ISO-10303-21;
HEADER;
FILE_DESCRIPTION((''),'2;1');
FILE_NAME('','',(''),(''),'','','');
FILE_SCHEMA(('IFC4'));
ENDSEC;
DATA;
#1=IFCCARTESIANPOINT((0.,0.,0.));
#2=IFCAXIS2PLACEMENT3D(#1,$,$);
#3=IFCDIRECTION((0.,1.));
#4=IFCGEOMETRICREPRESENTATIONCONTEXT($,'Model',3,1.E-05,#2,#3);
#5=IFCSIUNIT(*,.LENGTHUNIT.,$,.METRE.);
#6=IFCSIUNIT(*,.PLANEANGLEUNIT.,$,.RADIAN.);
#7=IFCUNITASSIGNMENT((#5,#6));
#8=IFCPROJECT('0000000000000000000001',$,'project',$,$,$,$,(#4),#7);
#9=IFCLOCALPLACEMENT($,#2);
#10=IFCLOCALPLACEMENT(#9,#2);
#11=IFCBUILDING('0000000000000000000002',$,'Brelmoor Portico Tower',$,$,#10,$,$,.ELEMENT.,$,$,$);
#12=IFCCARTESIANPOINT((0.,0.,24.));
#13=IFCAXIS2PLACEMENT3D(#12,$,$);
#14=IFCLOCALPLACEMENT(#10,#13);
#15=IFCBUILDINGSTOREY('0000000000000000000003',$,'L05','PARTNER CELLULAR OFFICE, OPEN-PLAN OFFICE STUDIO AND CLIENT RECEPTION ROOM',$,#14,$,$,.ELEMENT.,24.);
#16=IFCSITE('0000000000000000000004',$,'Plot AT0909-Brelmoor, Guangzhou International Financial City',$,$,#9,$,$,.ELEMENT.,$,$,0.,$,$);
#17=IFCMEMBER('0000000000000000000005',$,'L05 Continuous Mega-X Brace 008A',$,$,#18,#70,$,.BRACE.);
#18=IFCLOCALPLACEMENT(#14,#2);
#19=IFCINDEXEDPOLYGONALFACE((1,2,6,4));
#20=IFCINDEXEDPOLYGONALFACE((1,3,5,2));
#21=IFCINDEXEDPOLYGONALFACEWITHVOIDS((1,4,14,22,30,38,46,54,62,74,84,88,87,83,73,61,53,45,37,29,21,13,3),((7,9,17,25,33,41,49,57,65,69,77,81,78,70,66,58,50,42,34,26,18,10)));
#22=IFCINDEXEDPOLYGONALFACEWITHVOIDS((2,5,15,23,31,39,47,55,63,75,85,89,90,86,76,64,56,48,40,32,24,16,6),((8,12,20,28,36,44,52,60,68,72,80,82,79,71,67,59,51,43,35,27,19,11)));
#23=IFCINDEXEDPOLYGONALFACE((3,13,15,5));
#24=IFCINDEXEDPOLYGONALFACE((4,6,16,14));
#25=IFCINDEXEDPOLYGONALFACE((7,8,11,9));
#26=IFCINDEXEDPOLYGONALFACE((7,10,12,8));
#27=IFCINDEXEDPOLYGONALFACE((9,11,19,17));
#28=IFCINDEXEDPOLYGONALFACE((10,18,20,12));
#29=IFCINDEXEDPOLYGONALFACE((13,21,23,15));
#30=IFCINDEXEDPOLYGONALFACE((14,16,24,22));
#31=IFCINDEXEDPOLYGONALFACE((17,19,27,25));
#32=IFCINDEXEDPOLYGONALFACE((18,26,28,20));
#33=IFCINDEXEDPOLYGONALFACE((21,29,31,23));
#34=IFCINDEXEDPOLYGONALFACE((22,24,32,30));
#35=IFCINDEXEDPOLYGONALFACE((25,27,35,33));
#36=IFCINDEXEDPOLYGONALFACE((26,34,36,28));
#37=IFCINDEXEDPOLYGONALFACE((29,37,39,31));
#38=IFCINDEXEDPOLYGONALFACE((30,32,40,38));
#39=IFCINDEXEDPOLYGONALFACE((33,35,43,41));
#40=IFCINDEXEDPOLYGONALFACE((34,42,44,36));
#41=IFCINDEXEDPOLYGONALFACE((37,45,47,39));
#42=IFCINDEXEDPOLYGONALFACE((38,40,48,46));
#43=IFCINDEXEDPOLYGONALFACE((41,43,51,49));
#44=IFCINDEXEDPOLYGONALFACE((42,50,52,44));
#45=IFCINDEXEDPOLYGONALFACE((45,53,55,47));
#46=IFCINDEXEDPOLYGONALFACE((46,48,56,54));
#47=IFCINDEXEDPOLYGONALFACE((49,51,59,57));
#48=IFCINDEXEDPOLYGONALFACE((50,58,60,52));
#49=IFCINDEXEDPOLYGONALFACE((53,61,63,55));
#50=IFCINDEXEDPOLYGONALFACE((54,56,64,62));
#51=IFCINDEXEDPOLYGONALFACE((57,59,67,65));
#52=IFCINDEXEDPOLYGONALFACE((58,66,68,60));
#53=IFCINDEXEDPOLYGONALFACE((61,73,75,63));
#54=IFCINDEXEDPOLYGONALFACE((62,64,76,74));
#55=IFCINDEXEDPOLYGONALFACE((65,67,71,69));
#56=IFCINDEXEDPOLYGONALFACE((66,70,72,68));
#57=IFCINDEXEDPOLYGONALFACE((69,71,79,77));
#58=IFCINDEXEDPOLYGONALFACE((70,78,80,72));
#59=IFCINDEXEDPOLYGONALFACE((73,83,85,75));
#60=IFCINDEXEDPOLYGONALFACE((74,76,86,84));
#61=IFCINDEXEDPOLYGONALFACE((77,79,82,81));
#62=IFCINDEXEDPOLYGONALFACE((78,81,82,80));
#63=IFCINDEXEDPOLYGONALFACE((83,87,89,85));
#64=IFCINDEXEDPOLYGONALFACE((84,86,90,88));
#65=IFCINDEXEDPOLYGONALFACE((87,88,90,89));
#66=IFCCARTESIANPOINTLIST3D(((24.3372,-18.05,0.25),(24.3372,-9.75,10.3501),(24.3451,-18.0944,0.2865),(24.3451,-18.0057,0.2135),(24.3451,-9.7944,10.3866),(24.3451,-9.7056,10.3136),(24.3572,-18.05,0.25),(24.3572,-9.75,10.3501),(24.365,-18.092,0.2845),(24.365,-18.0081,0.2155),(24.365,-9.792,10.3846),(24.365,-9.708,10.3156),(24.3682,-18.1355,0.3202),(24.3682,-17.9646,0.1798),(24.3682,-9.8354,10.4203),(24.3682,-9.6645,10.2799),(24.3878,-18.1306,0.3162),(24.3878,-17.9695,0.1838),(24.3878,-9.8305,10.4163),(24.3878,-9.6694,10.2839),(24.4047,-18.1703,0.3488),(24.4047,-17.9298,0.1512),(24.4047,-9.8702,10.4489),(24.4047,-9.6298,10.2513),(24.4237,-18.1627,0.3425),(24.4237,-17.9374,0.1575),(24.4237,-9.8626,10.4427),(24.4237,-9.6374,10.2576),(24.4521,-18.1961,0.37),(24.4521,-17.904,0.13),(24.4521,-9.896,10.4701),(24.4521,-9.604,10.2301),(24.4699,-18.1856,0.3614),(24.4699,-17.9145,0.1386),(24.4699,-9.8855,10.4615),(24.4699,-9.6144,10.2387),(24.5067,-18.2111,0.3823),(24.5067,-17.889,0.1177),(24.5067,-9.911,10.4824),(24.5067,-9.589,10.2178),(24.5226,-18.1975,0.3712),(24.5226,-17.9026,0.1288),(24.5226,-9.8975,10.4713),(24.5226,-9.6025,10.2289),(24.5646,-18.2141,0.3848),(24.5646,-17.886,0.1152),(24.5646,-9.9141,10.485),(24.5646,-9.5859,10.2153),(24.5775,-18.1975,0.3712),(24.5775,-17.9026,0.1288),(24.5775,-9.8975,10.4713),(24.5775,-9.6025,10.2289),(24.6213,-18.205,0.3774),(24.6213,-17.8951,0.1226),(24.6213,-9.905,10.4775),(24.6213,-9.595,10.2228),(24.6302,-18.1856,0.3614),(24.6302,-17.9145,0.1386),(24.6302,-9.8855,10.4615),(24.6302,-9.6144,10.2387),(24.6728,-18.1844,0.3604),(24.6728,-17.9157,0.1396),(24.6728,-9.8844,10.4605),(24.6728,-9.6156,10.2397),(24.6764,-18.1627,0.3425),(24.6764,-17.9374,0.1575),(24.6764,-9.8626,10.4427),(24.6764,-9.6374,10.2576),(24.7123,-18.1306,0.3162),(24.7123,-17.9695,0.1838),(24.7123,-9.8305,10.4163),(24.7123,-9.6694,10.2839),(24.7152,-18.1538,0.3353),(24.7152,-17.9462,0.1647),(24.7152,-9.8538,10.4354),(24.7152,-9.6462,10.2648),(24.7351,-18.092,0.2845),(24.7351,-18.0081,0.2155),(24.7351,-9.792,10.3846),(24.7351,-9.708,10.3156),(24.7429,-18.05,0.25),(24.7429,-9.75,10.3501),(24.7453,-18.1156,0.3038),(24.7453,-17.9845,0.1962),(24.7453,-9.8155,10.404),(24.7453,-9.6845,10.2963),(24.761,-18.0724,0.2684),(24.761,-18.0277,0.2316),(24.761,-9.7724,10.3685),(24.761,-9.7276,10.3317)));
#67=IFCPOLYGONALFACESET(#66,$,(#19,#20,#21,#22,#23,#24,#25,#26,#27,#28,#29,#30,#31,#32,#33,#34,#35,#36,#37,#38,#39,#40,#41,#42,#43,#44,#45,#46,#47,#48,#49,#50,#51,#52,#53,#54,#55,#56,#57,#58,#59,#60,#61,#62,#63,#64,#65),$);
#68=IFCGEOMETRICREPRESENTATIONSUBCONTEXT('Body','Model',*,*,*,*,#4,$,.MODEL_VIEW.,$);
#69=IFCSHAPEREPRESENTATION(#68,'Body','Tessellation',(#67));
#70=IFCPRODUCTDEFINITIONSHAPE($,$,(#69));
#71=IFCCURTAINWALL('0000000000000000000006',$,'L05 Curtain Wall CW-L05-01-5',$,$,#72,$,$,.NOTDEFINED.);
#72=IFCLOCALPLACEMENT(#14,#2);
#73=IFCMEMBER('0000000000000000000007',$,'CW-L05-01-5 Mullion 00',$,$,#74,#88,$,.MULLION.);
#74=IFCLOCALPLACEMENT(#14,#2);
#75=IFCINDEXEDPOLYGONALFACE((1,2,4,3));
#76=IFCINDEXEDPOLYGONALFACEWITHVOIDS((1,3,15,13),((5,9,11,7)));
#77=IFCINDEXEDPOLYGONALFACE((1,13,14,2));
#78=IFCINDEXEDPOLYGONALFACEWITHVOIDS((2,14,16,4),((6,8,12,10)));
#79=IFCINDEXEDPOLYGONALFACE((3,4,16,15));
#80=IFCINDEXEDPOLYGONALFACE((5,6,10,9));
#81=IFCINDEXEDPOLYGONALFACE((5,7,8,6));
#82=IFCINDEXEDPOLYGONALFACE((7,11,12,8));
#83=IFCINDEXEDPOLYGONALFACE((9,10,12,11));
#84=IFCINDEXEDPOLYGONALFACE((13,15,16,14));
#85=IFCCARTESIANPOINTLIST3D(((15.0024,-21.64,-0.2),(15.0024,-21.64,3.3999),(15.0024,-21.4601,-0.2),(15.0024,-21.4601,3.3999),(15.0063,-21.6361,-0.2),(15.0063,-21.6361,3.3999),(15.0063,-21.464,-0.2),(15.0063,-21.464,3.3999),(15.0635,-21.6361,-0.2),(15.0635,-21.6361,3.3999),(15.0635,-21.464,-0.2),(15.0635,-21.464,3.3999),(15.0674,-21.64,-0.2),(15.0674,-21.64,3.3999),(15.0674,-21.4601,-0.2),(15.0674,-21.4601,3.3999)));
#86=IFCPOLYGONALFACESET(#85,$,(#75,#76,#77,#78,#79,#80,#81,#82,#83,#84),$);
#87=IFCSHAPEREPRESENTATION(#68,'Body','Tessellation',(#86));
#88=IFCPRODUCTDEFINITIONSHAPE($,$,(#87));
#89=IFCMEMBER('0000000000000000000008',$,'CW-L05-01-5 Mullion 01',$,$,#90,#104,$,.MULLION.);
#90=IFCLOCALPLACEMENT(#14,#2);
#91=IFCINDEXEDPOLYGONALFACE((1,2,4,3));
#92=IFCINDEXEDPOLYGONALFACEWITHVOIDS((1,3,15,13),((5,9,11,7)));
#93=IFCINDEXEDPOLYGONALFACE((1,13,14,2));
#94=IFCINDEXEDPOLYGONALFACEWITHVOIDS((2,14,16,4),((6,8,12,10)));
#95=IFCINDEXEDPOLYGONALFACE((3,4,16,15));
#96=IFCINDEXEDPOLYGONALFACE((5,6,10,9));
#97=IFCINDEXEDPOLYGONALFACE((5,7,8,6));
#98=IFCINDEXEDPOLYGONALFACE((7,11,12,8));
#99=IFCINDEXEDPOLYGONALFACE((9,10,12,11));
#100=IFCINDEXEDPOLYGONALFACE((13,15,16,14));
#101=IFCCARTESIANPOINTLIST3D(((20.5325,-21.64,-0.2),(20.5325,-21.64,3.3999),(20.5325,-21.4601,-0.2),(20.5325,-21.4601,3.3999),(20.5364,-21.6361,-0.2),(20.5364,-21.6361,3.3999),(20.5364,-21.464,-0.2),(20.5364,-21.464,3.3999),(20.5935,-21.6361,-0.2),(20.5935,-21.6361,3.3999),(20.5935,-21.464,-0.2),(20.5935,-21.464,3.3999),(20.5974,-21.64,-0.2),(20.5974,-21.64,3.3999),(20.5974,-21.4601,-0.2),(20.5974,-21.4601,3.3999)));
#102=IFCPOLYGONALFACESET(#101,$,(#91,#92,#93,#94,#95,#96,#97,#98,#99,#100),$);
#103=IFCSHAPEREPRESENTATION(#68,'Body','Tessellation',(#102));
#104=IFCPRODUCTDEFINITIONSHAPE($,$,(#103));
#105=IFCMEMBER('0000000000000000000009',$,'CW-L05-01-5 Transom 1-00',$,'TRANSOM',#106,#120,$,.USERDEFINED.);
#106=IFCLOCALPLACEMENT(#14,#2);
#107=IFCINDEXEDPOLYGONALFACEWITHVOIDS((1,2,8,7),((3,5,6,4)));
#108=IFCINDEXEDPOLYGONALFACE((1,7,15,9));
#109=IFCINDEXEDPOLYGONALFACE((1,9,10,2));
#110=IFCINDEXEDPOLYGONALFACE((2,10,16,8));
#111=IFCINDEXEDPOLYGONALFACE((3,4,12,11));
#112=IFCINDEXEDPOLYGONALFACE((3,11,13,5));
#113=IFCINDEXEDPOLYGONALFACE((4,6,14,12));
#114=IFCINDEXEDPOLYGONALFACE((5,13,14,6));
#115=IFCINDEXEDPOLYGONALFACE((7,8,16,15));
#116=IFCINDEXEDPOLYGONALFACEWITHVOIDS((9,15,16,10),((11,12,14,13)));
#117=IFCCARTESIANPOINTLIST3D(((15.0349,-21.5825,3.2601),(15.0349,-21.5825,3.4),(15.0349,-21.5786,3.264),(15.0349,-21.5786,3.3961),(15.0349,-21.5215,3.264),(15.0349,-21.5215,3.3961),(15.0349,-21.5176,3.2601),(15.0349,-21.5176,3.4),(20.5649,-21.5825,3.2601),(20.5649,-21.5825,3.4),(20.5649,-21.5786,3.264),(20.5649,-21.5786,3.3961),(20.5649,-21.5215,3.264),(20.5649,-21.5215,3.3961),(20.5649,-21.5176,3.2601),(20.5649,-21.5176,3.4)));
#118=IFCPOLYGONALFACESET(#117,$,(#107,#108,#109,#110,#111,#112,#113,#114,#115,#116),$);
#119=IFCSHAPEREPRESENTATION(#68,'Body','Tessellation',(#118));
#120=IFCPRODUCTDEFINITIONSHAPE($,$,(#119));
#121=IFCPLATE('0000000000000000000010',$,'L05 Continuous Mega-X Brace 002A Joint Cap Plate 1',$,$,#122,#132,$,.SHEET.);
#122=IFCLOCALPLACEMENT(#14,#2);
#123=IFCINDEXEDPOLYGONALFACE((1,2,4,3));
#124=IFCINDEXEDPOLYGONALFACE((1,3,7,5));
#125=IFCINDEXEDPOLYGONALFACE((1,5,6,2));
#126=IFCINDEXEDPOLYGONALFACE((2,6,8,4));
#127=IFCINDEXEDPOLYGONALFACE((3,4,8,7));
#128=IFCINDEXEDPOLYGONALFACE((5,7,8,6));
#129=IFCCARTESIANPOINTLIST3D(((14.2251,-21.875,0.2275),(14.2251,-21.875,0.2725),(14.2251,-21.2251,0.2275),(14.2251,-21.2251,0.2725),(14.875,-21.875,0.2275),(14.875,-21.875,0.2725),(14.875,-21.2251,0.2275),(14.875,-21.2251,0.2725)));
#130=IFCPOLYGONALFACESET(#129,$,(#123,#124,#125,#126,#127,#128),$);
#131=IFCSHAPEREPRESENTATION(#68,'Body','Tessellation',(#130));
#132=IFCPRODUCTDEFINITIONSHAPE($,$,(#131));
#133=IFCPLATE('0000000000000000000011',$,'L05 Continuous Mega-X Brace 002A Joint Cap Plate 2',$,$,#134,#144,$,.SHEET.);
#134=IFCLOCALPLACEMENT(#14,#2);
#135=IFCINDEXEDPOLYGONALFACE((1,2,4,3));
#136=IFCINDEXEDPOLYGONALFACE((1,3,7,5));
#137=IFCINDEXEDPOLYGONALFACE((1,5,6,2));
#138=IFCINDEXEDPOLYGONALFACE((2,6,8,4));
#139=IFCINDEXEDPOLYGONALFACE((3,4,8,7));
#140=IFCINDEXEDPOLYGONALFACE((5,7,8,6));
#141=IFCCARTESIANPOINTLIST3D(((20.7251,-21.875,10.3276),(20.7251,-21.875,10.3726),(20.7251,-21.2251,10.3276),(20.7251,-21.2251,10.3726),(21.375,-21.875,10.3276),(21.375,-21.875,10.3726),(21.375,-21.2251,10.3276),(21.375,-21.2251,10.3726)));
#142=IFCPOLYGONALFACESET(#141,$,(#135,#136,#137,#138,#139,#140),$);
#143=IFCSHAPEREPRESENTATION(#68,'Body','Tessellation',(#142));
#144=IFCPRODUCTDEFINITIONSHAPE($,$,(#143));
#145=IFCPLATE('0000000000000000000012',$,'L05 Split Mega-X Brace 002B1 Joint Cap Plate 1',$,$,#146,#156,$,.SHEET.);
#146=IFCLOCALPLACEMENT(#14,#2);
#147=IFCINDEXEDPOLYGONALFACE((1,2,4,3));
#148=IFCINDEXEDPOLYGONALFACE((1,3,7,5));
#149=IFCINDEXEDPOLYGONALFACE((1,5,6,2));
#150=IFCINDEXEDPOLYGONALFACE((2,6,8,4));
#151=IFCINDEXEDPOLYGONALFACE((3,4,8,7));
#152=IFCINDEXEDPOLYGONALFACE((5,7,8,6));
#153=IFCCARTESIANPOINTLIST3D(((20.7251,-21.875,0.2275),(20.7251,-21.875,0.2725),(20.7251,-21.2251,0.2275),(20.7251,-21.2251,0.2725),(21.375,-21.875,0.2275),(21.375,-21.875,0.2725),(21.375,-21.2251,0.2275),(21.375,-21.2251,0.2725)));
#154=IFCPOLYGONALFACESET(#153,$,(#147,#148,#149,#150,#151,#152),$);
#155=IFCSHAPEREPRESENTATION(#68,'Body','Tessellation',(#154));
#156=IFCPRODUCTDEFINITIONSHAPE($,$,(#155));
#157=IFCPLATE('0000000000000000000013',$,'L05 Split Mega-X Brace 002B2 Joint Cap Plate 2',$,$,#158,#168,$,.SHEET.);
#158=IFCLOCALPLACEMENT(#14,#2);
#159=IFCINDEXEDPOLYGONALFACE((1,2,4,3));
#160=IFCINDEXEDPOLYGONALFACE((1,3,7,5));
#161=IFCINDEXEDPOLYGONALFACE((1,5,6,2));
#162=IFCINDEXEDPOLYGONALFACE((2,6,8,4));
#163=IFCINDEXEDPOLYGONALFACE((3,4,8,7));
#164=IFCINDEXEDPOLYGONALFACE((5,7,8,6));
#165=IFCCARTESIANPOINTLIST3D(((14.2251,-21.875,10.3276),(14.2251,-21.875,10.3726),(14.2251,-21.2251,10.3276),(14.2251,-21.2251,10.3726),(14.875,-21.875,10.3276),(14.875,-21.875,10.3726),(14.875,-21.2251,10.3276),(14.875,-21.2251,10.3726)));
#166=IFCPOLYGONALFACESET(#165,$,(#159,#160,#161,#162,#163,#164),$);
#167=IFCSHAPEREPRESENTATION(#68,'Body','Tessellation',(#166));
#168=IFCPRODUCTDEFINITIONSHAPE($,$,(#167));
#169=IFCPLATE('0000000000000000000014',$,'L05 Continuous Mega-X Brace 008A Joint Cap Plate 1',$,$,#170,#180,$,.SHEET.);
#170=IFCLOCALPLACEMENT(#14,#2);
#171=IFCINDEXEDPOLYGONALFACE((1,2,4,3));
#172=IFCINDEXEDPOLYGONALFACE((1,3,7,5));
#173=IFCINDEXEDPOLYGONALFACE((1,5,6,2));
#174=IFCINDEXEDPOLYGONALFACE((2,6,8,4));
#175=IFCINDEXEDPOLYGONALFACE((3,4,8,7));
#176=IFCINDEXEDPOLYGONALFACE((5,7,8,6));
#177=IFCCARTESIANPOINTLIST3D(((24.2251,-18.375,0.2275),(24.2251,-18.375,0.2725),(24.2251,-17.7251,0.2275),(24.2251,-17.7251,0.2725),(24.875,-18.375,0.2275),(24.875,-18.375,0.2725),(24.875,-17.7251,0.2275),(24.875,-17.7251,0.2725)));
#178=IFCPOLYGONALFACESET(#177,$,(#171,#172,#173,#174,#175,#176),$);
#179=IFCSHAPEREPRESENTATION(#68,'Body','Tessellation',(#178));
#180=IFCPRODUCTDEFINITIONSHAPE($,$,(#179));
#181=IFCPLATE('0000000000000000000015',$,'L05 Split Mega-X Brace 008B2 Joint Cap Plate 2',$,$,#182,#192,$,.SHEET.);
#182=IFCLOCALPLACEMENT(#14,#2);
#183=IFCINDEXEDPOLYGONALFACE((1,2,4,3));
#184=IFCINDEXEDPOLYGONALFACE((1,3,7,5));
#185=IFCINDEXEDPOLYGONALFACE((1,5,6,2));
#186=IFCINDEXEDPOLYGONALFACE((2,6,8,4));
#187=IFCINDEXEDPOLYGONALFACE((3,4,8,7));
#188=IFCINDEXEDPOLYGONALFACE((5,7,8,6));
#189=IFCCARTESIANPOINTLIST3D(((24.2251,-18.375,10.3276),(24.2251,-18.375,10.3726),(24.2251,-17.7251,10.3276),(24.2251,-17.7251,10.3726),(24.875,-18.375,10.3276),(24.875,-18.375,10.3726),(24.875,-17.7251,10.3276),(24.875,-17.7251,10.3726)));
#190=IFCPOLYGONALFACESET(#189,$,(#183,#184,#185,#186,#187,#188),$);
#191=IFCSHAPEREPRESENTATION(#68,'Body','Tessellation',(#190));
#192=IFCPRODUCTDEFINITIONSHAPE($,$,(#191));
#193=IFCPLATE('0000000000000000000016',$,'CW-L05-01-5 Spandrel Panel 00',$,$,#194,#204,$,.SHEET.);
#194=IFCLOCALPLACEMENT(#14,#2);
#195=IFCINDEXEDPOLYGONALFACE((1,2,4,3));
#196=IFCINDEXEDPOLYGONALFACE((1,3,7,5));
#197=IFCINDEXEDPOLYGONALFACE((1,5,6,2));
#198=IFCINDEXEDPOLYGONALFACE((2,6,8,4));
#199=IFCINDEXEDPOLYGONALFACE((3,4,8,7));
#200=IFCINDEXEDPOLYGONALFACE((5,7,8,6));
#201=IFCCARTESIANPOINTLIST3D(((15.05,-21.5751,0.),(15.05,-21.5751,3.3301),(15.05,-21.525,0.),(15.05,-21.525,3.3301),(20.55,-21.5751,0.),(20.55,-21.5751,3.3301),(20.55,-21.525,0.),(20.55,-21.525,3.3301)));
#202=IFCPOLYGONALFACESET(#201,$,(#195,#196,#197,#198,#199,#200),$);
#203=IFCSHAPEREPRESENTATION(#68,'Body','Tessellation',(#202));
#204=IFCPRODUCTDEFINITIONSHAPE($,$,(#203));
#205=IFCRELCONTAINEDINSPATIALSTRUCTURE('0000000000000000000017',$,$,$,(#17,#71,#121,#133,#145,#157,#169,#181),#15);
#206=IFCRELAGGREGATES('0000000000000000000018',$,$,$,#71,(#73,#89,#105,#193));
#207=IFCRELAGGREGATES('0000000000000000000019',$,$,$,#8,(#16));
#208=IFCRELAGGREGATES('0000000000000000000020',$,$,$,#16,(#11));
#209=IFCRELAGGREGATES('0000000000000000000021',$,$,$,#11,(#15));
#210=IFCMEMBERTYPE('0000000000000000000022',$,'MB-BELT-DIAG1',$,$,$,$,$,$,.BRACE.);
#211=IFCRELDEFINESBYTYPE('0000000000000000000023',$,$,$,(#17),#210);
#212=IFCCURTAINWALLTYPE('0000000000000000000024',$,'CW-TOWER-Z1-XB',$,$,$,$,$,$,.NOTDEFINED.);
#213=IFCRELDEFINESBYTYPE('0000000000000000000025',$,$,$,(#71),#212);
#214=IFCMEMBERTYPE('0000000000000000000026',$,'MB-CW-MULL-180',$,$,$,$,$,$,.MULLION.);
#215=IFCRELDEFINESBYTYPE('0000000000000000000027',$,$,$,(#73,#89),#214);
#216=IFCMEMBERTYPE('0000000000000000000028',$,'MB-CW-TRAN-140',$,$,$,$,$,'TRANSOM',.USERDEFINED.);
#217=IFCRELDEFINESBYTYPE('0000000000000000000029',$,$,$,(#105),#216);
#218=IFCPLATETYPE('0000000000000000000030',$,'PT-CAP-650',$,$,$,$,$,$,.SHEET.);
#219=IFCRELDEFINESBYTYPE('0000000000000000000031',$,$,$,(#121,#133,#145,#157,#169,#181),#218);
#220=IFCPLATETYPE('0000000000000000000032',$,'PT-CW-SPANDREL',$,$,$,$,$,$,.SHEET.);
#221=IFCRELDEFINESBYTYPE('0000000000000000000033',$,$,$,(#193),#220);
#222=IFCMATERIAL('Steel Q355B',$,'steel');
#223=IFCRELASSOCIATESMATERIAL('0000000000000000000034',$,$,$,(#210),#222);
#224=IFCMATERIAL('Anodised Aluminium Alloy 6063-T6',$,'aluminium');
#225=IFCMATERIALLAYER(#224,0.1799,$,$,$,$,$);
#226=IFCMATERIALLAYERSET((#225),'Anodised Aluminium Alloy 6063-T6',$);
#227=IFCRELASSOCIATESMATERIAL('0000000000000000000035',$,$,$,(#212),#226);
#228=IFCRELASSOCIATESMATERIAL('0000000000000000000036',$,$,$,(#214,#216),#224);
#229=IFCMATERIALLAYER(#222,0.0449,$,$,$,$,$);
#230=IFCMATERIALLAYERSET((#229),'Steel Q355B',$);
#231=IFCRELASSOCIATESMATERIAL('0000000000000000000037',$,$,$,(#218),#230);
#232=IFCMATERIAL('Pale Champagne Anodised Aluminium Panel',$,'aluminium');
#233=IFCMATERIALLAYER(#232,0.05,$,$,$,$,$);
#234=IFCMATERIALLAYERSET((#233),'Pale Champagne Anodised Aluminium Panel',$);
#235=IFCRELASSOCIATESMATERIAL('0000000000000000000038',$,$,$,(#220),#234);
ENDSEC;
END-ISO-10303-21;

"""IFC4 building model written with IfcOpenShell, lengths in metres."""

from ifc_helpers import new_model, si_unit, direction, frame, origin, origin_2d, place, context, subcontext, project, spatial, rectangle, hollow_rectangle, hollow_circle, extrude, material, layer, layer_set, material_profile, profile_set, type_object, element, aggregate, save


model = new_model("IFC4")

# Units and contexts
model_context = context("Model", 3, precision=1e-05, world=origin(), true_north=direction((0.0, 1.0)))
body_context = subcontext(model_context, "Body", "Model", "MODEL_VIEW")
ifc_project = project(units=[si_unit("LENGTHUNIT", "METRE"), si_unit("PLANEANGLEUNIT", "RADIAN")], contexts=[model_context])

# Site, building, storey
site_placement = place(None, origin())
site = spatial("IfcSite", under=ifc_project, at=site_placement, Name="Plot AT0909-Brelmoor, Guangzhou International Financial City", CompositionType="ELEMENT", RefElevation=0.0)
building_placement = place(site_placement, origin())
building = spatial("IfcBuilding", under=site, at=building_placement, Name="Brelmoor Portico Tower", CompositionType="ELEMENT")
storey_placement = place(building_placement, frame((0.0, 0.0, 24.0)))
storey = spatial("IfcBuildingStorey", under=building, at=storey_placement, Name="L05", Description="PARTNER CELLULAR OFFICE, OPEN-PLAN OFFICE STUDIO AND CLIENT RECEPTION ROOM", CompositionType="ELEMENT", Elevation=24.0)

# Shared definitions
ifc_material_1 = material(Name="Steel Q355B", Category="steel")

# Member
ifc_material_profile_1 = material_profile(ifc_material_1, hollow_circle(Radius=0.2129, WallThickness=0.02, at=origin_2d()), Name="CHS 426x20")
ifc_profile_set_1 = profile_set([ifc_material_profile_1], Name="Steel Q355B")
member_type_1 = type_object("IfcMemberType", Name="MB-BELT-DIAG1", PredefinedType="BRACE", material=ifc_profile_set_1)
member_1_placement = place(storey_placement, frame((24.55, -18.05, 0.25), z_axis=(0.0, 0.634901, 0.772593), x_axis=(-1.0, 0.0, 0.0)))
element("IfcMember", 1, at=member_1_placement, inside=storey, type_object=member_type_1, Name="L05 Continuous Mega-X Brace 008A", PredefinedType="BRACE", context=body_context, shape_type="SweptSolid", body=[
    extrude(hollow_circle(Radius=0.2129, WallThickness=0.02, at=origin_2d()), origin(), (0.0, 0.0, 1.0), 13.073),
])

# Curtain wall, members
ifc_material_2 = material(Name="Anodised Aluminium Alloy 6063-T6", Category="aluminium")
ifc_layer_1 = layer(ifc_material_2, 0.1799)
ifc_layer_set_1 = layer_set([ifc_layer_1], Name="Anodised Aluminium Alloy 6063-T6")
curtain_wall_type = type_object("IfcCurtainWallType", Name="CW-TOWER-Z1-XB", PredefinedType="NOTDEFINED", material=ifc_layer_set_1)
curtain_wall_placement = place(storey_placement, origin())
curtain_wall = element("IfcCurtainWall", 2, at=curtain_wall_placement, inside=storey, type_object=curtain_wall_type, Name="L05 Curtain Wall CW-L05-01-5", PredefinedType="NOTDEFINED")
ifc_material_profile_2 = material_profile(ifc_material_2, hollow_rectangle(XDim=0.0649, YDim=0.1799, WallThickness=0.0039, at=origin_2d()), Name="ALU MULLION 65x180")
ifc_profile_set_2 = profile_set([ifc_material_profile_2], Name="Anodised Aluminium Alloy 6063-T6")
member_type_2 = type_object("IfcMemberType", Name="MB-CW-MULL-180", PredefinedType="MULLION", material=ifc_profile_set_2)
member_2_placement = place(storey_placement, frame((15.0349, -21.55, -0.2), z_axis=(0.0, 0.0, 1.0), x_axis=(1.0, 0.0, 0.0)))
member_2 = element("IfcMember", 3, at=member_2_placement, type_object=member_type_2, Name="CW-L05-01-5 Mullion 00", PredefinedType="MULLION", context=body_context, shape_type="SweptSolid", body=[
    extrude(hollow_rectangle(XDim=0.0649, YDim=0.1799, WallThickness=0.0039, at=origin_2d()), origin(), (0.0, 0.0, 1.0), 3.5999),
])
member_3_placement = place(storey_placement, frame((20.5649, -21.55, -0.2), z_axis=(0.0, 0.0, 1.0), x_axis=(1.0, 0.0, 0.0)))
member_3 = element("IfcMember", 4, at=member_3_placement, type_object=member_type_2, Name="CW-L05-01-5 Mullion 01", PredefinedType="MULLION", context=body_context, shape_type="SweptSolid", body=[
    extrude(hollow_rectangle(XDim=0.0649, YDim=0.1799, WallThickness=0.0039, at=origin_2d()), origin(), (0.0, 0.0, 1.0), 3.5999),
])
ifc_material_profile_3 = material_profile(ifc_material_2, hollow_rectangle(XDim=0.0649, YDim=0.1399, WallThickness=0.0039, at=origin_2d()), Name="ALU TRANSOM 65x140")
ifc_profile_set_3 = profile_set([ifc_material_profile_3], Name="Anodised Aluminium Alloy 6063-T6")
member_type_3 = type_object("IfcMemberType", Name="MB-CW-TRAN-140", ElementType="TRANSOM", PredefinedType="USERDEFINED", material=ifc_profile_set_3)
member_4_placement = place(storey_placement, frame((15.0349, -21.55, 3.3301), z_axis=(1.0, 0.0, 0.0), x_axis=(0.0, 1.0, 0.0)))
member_4 = element("IfcMember", 5, at=member_4_placement, type_object=member_type_3, Name="CW-L05-01-5 Transom 1-00", ObjectType="TRANSOM", PredefinedType="USERDEFINED", context=body_context, shape_type="SweptSolid", body=[
    extrude(hollow_rectangle(XDim=0.0649, YDim=0.1399, WallThickness=0.0039, at=origin_2d()), origin(), (0.0, 0.0, 1.0), 5.53),
])

# Plates
ifc_layer_2 = layer(ifc_material_1, 0.0449)
ifc_layer_set_2 = layer_set([ifc_layer_2], Name="Steel Q355B")
plate_type_1 = type_object("IfcPlateType", Name="PT-CAP-650", PredefinedType="SHEET", material=ifc_layer_set_2)
for number, where, z_axis, x_axis, name in (
    (6, (14.55, -21.55, 0.2275), (0.0, 0.0, 1.0), (1.0, 0.0, 0.0), "L05 Continuous Mega-X Brace 002A Joint Cap Plate 1"),
    (7, (21.05, -21.55, 10.3276), (0.0, 0.0, 1.0), (1.0, 0.0, 0.0), "L05 Continuous Mega-X Brace 002A Joint Cap Plate 2"),
    (8, (21.05, -21.55, 0.2275), (0.0, 0.0, 1.0), (1.0, 0.0, 0.0), "L05 Split Mega-X Brace 002B1 Joint Cap Plate 1"),
    (9, (14.55, -21.55, 10.3276), (0.0, 0.0, 1.0), (1.0, 0.0, 0.0), "L05 Split Mega-X Brace 002B2 Joint Cap Plate 2"),
    (10, (24.55, -18.05, 0.2275), (0.0, 0.0, 1.0), (1.0, 0.0, 0.0), "L05 Continuous Mega-X Brace 008A Joint Cap Plate 1"),
    (11, (24.55, -18.05, 10.3276), (0.0, 0.0, 1.0), (1.0, 0.0, 0.0), "L05 Split Mega-X Brace 008B2 Joint Cap Plate 2"),
):
    element("IfcPlate", number, at=place(storey_placement, frame(where, z_axis=z_axis, x_axis=x_axis)), inside=storey, type_object=plate_type_1, Name=name, PredefinedType="SHEET", context=body_context, shape_type="SweptSolid", body=[
        extrude(rectangle(XDim=0.6499, YDim=0.6499, at=origin_2d()), origin(), (0.0, 0.0, 1.0), 0.0449),
    ])

# Plate
ifc_material_3 = material(Name="Pale Champagne Anodised Aluminium Panel", Category="aluminium")
ifc_layer_3 = layer(ifc_material_3, 0.05)
ifc_layer_set_3 = layer_set([ifc_layer_3], Name="Pale Champagne Anodised Aluminium Panel")
plate_type_2 = type_object("IfcPlateType", Name="PT-CW-SPANDREL", PredefinedType="SHEET", material=ifc_layer_set_3)
plate_1_placement = place(storey_placement, frame((17.8, -21.55, 0.0), z_axis=(0.0, 0.0, 1.0), x_axis=(1.0, 0.0, 0.0)))
plate_1 = element("IfcPlate", 12, at=plate_1_placement, type_object=plate_type_2, Name="CW-L05-01-5 Spandrel Panel 00", PredefinedType="SHEET", context=body_context, shape_type="SweptSolid", body=[
    extrude(rectangle(XDim=5.5, YDim=0.05, at=origin_2d()), origin(), (0.0, 0.0, 1.0), 3.3301),
])
aggregate(curtain_wall, [member_2, member_3, member_4, plate_1])

save(model, "model.ifc")
